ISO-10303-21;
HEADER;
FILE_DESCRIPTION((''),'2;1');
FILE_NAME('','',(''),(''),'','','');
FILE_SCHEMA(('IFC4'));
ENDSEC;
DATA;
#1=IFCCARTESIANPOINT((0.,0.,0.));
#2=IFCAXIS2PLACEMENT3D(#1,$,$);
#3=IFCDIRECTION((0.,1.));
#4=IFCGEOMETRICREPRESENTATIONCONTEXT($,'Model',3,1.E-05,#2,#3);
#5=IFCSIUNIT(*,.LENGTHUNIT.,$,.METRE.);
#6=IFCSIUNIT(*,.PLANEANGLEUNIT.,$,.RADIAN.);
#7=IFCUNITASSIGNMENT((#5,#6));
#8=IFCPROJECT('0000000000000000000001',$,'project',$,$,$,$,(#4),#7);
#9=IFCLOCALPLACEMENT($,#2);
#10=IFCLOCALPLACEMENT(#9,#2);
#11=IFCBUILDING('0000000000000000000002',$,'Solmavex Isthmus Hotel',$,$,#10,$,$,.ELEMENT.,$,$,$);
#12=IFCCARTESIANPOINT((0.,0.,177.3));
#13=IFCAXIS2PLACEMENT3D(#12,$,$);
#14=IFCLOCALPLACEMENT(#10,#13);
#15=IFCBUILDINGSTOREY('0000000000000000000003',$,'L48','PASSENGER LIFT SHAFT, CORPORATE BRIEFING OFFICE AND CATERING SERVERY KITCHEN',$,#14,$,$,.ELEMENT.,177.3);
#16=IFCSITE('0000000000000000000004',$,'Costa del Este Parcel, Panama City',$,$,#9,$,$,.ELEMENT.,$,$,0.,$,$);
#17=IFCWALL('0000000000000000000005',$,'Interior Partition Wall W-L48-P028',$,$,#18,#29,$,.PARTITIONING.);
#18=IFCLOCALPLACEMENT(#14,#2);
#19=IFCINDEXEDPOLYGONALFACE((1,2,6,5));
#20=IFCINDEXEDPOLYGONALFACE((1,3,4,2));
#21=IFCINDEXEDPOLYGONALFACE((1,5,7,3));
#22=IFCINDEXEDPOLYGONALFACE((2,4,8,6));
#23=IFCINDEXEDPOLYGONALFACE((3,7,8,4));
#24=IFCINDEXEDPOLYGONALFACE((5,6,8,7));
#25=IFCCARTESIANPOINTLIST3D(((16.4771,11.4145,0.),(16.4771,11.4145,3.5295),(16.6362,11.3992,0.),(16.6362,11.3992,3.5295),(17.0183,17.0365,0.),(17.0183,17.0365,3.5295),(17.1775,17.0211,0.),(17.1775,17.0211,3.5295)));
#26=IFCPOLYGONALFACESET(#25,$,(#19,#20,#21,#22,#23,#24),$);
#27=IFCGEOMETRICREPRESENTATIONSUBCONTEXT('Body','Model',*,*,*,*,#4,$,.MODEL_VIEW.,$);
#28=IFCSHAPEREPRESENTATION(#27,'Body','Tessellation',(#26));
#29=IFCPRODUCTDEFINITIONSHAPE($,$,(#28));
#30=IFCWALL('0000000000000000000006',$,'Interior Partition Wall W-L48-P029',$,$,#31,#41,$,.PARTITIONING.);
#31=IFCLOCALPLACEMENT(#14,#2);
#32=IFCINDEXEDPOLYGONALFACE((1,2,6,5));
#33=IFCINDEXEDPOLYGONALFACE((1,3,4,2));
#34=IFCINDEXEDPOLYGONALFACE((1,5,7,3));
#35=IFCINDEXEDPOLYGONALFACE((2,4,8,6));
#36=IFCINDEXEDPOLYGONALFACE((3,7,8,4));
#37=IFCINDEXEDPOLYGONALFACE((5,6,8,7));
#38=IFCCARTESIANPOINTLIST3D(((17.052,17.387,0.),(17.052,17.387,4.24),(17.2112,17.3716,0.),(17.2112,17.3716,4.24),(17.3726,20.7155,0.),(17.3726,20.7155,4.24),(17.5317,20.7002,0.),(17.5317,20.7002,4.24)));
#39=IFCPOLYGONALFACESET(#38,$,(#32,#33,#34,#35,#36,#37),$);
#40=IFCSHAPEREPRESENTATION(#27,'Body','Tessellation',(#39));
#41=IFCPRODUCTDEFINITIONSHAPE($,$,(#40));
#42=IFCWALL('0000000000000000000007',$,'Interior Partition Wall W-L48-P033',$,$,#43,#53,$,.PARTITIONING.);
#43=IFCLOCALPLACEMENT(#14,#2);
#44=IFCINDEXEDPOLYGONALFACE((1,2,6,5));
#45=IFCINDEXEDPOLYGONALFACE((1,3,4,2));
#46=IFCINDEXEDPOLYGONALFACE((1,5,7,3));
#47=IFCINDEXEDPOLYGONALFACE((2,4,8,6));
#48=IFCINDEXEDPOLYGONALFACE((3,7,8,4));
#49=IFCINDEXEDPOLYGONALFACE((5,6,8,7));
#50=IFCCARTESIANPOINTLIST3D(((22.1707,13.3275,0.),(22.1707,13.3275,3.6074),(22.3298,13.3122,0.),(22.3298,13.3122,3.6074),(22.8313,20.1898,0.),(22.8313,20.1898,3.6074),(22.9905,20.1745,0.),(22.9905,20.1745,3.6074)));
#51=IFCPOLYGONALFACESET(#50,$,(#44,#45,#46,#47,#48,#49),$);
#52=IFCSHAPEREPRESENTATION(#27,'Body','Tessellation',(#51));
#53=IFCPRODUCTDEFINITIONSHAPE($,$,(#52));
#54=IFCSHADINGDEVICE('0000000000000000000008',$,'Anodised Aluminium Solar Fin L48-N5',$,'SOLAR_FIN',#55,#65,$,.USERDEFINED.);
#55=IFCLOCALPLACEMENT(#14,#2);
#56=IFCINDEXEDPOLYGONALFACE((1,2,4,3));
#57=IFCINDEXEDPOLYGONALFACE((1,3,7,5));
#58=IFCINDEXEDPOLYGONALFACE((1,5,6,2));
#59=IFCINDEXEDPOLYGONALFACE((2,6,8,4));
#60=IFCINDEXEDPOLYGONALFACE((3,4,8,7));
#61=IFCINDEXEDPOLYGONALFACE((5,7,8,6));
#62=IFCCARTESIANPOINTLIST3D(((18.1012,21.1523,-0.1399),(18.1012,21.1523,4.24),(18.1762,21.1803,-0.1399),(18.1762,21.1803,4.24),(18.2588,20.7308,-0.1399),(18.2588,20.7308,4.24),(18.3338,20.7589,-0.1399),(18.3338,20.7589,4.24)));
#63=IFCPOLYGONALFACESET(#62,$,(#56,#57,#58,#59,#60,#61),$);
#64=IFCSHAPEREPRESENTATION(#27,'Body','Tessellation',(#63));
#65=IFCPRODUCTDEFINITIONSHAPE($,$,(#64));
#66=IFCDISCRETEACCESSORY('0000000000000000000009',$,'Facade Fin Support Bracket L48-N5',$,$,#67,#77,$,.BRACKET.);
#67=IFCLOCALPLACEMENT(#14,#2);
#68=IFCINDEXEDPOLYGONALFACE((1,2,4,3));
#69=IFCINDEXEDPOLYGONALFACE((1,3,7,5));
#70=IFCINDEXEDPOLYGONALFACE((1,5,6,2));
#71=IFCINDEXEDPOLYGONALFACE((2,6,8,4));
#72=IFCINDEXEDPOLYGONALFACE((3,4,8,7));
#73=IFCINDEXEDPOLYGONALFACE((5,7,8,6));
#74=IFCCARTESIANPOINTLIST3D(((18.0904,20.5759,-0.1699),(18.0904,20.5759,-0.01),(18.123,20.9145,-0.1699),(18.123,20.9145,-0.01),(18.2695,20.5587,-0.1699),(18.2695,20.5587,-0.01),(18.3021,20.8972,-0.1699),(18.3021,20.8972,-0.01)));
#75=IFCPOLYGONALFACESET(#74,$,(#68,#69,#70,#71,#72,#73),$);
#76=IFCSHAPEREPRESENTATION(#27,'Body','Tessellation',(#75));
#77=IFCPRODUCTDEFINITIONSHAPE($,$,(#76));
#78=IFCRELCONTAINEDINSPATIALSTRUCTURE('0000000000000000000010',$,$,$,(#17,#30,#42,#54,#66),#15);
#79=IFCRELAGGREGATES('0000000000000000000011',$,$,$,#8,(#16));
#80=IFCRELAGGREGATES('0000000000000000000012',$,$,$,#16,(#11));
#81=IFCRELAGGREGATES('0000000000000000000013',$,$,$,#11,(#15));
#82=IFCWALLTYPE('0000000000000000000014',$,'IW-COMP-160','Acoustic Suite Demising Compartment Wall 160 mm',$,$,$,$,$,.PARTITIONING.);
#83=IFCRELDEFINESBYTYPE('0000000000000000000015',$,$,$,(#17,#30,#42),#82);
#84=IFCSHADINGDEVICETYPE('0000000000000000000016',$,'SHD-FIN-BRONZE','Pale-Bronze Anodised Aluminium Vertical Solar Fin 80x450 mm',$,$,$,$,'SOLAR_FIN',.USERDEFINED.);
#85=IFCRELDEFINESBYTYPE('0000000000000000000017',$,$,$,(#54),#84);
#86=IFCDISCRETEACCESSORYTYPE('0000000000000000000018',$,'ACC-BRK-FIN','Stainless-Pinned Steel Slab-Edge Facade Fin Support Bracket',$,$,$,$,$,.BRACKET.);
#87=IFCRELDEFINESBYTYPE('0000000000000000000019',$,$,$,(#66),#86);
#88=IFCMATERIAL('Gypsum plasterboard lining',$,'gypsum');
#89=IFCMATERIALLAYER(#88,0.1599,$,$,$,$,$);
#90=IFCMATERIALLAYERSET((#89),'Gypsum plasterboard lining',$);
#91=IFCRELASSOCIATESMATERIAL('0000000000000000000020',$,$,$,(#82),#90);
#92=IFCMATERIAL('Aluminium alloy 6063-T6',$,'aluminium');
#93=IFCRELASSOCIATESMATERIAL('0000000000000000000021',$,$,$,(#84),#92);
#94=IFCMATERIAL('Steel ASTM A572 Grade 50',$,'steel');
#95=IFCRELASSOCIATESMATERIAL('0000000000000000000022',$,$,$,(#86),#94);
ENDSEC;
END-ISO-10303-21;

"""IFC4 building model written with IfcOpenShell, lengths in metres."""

from ifc_helpers import new_model, si_unit, direction, frame, frame_2d, origin, origin_2d, place, context, subcontext, project, spatial, rectangle, extrude, material, layer, layer_set, type_object, element, save


model = new_model("IFC4")

# Units and contexts
model_context = context("Model", 3, precision=1e-05, world=origin(), true_north=direction((0.0, 1.0)))
body_context = subcontext(model_context, "Body", "Model", "MODEL_VIEW")
ifc_project = project(units=[si_unit("LENGTHUNIT", "METRE"), si_unit("PLANEANGLEUNIT", "RADIAN")], contexts=[model_context])

# Site, building, storey
site_placement = place(None, origin())
site = spatial("IfcSite", under=ifc_project, at=site_placement, Name="Costa del Este Parcel, Panama City", CompositionType="ELEMENT", RefElevation=0.0)
building_placement = place(site_placement, origin())
building = spatial("IfcBuilding", under=site, at=building_placement, Name="Solmavex Isthmus Hotel", CompositionType="ELEMENT")
storey_placement = place(building_placement, frame((0.0, 0.0, 177.3)))
storey = spatial("IfcBuildingStorey", under=building, at=storey_placement, Name="L48", Description="PASSENGER LIFT SHAFT, CORPORATE BRIEFING OFFICE AND CATERING SERVERY KITCHEN", CompositionType="ELEMENT", Elevation=177.3)

# Shared definitions
ifc_material_1 = material(Name="Aluminium alloy 6063-T6", Category="aluminium")

# Walls
ifc_material_2 = material(Name="Gypsum plasterboard lining", Category="gypsum")
ifc_layer_1 = layer(ifc_material_2, 0.1599)
ifc_layer_set_1 = layer_set([ifc_layer_1], Name="Gypsum plasterboard lining")
wall_type_1 = type_object("IfcWallType", Name="IW-COMP-160", Description="Acoustic Suite Demising Compartment Wall 160 mm", PredefinedType="PARTITIONING", material=ifc_layer_set_1)
wall_1_placement = place(storey_placement, frame((17.0979, 17.0288, 0.0), z_axis=(0.0, 0.0, 1.0), x_axis=(-0.095831, -0.995398, 0.0)))
element("IfcWall", 1, at=wall_1_placement, inside=storey, type_object=wall_type_1, Name="Interior Partition Wall W-L48-P028", PredefinedType="PARTITIONING", context=body_context, shape_type="SweptSolid", body=[
    extrude(rectangle(XDim=5.6479, YDim=0.1599, at=frame_2d((2.824, 0.0))), origin(), (0.0, 0.0, 1.0), 3.5295),
])
wall_2_placement = place(storey_placement, frame((17.4521, 20.7078, 0.0), z_axis=(0.0, 0.0, 1.0), x_axis=(-0.09586, -0.995395, 0.0)))
element("IfcWall", 2, at=wall_2_placement, inside=storey, type_object=wall_type_1, Name="Interior Partition Wall W-L48-P029", PredefinedType="PARTITIONING", context=body_context, shape_type="SweptSolid", body=[
    extrude(rectangle(XDim=3.344, YDim=0.1599, at=frame_2d((1.6719, 0.0))), origin(), (0.0, 0.0, 1.0), 4.24),
])
wall_3_placement = place(storey_placement, frame((22.9109, 20.1821, 0.0), z_axis=(0.0, 0.0, 1.0), x_axis=(-0.095828, -0.995398, 0.0)))
element("IfcWall", 3, at=wall_3_placement, inside=storey, type_object=wall_type_1, Name="Interior Partition Wall W-L48-P033", PredefinedType="PARTITIONING", context=body_context, shape_type="SweptSolid", body=[
    extrude(rectangle(XDim=6.894, YDim=0.1599, at=frame_2d((3.447, 0.0))), origin(), (0.0, 0.0, 1.0), 3.6074),
])

# Shading device
shading_device_type = type_object("IfcShadingDeviceType", Name="SHD-FIN-BRONZE", Description="Pale-Bronze Anodised Aluminium Vertical Solar Fin 80x450 mm", ElementType="SOLAR_FIN", PredefinedType="USERDEFINED", material=ifc_material_1)
shading_device_placement = place(storey_placement, frame((18.2175, 20.9556, -0.1399), z_axis=(0.0, 0.0, 1.0), x_axis=(-0.350207, 0.936672, 0.0)))
element("IfcShadingDevice", 4, at=shading_device_placement, inside=storey, type_object=shading_device_type, Name="Anodised Aluminium Solar Fin L48-N5", ObjectType="SOLAR_FIN", PredefinedType="USERDEFINED", context=body_context, shape_type="SweptSolid", body=[
    extrude(rectangle(XDim=0.45, YDim=0.0801, at=origin_2d()), origin(), (0.0, 0.0, 1.0), 4.3799),
])

# Discrete accessory
ifc_material_3 = material(Name="Steel ASTM A572 Grade 50", Category="steel")
discrete_accessory_type = type_object("IfcDiscreteAccessoryType", Name="ACC-BRK-FIN", Description="Stainless-Pinned Steel Slab-Edge Facade Fin Support Bracket", PredefinedType="BRACKET", material=ifc_material_3)
discrete_accessory_placement = place(storey_placement, frame((18.1963, 20.7366, -0.1699), z_axis=(0.0, 0.0, 1.0), x_axis=(0.095846, 0.995396, 0.0)))
element("IfcDiscreteAccessory", 5, at=discrete_accessory_placement, inside=storey, type_object=discrete_accessory_type, Name="Facade Fin Support Bracket L48-N5", PredefinedType="BRACKET", context=body_context, shape_type="SweptSolid", body=[
    extrude(rectangle(XDim=0.3401, YDim=0.1799, at=origin_2d()), origin(), (0.0, 0.0, 1.0), 0.1599),
])

save(model, "model.ifc")
